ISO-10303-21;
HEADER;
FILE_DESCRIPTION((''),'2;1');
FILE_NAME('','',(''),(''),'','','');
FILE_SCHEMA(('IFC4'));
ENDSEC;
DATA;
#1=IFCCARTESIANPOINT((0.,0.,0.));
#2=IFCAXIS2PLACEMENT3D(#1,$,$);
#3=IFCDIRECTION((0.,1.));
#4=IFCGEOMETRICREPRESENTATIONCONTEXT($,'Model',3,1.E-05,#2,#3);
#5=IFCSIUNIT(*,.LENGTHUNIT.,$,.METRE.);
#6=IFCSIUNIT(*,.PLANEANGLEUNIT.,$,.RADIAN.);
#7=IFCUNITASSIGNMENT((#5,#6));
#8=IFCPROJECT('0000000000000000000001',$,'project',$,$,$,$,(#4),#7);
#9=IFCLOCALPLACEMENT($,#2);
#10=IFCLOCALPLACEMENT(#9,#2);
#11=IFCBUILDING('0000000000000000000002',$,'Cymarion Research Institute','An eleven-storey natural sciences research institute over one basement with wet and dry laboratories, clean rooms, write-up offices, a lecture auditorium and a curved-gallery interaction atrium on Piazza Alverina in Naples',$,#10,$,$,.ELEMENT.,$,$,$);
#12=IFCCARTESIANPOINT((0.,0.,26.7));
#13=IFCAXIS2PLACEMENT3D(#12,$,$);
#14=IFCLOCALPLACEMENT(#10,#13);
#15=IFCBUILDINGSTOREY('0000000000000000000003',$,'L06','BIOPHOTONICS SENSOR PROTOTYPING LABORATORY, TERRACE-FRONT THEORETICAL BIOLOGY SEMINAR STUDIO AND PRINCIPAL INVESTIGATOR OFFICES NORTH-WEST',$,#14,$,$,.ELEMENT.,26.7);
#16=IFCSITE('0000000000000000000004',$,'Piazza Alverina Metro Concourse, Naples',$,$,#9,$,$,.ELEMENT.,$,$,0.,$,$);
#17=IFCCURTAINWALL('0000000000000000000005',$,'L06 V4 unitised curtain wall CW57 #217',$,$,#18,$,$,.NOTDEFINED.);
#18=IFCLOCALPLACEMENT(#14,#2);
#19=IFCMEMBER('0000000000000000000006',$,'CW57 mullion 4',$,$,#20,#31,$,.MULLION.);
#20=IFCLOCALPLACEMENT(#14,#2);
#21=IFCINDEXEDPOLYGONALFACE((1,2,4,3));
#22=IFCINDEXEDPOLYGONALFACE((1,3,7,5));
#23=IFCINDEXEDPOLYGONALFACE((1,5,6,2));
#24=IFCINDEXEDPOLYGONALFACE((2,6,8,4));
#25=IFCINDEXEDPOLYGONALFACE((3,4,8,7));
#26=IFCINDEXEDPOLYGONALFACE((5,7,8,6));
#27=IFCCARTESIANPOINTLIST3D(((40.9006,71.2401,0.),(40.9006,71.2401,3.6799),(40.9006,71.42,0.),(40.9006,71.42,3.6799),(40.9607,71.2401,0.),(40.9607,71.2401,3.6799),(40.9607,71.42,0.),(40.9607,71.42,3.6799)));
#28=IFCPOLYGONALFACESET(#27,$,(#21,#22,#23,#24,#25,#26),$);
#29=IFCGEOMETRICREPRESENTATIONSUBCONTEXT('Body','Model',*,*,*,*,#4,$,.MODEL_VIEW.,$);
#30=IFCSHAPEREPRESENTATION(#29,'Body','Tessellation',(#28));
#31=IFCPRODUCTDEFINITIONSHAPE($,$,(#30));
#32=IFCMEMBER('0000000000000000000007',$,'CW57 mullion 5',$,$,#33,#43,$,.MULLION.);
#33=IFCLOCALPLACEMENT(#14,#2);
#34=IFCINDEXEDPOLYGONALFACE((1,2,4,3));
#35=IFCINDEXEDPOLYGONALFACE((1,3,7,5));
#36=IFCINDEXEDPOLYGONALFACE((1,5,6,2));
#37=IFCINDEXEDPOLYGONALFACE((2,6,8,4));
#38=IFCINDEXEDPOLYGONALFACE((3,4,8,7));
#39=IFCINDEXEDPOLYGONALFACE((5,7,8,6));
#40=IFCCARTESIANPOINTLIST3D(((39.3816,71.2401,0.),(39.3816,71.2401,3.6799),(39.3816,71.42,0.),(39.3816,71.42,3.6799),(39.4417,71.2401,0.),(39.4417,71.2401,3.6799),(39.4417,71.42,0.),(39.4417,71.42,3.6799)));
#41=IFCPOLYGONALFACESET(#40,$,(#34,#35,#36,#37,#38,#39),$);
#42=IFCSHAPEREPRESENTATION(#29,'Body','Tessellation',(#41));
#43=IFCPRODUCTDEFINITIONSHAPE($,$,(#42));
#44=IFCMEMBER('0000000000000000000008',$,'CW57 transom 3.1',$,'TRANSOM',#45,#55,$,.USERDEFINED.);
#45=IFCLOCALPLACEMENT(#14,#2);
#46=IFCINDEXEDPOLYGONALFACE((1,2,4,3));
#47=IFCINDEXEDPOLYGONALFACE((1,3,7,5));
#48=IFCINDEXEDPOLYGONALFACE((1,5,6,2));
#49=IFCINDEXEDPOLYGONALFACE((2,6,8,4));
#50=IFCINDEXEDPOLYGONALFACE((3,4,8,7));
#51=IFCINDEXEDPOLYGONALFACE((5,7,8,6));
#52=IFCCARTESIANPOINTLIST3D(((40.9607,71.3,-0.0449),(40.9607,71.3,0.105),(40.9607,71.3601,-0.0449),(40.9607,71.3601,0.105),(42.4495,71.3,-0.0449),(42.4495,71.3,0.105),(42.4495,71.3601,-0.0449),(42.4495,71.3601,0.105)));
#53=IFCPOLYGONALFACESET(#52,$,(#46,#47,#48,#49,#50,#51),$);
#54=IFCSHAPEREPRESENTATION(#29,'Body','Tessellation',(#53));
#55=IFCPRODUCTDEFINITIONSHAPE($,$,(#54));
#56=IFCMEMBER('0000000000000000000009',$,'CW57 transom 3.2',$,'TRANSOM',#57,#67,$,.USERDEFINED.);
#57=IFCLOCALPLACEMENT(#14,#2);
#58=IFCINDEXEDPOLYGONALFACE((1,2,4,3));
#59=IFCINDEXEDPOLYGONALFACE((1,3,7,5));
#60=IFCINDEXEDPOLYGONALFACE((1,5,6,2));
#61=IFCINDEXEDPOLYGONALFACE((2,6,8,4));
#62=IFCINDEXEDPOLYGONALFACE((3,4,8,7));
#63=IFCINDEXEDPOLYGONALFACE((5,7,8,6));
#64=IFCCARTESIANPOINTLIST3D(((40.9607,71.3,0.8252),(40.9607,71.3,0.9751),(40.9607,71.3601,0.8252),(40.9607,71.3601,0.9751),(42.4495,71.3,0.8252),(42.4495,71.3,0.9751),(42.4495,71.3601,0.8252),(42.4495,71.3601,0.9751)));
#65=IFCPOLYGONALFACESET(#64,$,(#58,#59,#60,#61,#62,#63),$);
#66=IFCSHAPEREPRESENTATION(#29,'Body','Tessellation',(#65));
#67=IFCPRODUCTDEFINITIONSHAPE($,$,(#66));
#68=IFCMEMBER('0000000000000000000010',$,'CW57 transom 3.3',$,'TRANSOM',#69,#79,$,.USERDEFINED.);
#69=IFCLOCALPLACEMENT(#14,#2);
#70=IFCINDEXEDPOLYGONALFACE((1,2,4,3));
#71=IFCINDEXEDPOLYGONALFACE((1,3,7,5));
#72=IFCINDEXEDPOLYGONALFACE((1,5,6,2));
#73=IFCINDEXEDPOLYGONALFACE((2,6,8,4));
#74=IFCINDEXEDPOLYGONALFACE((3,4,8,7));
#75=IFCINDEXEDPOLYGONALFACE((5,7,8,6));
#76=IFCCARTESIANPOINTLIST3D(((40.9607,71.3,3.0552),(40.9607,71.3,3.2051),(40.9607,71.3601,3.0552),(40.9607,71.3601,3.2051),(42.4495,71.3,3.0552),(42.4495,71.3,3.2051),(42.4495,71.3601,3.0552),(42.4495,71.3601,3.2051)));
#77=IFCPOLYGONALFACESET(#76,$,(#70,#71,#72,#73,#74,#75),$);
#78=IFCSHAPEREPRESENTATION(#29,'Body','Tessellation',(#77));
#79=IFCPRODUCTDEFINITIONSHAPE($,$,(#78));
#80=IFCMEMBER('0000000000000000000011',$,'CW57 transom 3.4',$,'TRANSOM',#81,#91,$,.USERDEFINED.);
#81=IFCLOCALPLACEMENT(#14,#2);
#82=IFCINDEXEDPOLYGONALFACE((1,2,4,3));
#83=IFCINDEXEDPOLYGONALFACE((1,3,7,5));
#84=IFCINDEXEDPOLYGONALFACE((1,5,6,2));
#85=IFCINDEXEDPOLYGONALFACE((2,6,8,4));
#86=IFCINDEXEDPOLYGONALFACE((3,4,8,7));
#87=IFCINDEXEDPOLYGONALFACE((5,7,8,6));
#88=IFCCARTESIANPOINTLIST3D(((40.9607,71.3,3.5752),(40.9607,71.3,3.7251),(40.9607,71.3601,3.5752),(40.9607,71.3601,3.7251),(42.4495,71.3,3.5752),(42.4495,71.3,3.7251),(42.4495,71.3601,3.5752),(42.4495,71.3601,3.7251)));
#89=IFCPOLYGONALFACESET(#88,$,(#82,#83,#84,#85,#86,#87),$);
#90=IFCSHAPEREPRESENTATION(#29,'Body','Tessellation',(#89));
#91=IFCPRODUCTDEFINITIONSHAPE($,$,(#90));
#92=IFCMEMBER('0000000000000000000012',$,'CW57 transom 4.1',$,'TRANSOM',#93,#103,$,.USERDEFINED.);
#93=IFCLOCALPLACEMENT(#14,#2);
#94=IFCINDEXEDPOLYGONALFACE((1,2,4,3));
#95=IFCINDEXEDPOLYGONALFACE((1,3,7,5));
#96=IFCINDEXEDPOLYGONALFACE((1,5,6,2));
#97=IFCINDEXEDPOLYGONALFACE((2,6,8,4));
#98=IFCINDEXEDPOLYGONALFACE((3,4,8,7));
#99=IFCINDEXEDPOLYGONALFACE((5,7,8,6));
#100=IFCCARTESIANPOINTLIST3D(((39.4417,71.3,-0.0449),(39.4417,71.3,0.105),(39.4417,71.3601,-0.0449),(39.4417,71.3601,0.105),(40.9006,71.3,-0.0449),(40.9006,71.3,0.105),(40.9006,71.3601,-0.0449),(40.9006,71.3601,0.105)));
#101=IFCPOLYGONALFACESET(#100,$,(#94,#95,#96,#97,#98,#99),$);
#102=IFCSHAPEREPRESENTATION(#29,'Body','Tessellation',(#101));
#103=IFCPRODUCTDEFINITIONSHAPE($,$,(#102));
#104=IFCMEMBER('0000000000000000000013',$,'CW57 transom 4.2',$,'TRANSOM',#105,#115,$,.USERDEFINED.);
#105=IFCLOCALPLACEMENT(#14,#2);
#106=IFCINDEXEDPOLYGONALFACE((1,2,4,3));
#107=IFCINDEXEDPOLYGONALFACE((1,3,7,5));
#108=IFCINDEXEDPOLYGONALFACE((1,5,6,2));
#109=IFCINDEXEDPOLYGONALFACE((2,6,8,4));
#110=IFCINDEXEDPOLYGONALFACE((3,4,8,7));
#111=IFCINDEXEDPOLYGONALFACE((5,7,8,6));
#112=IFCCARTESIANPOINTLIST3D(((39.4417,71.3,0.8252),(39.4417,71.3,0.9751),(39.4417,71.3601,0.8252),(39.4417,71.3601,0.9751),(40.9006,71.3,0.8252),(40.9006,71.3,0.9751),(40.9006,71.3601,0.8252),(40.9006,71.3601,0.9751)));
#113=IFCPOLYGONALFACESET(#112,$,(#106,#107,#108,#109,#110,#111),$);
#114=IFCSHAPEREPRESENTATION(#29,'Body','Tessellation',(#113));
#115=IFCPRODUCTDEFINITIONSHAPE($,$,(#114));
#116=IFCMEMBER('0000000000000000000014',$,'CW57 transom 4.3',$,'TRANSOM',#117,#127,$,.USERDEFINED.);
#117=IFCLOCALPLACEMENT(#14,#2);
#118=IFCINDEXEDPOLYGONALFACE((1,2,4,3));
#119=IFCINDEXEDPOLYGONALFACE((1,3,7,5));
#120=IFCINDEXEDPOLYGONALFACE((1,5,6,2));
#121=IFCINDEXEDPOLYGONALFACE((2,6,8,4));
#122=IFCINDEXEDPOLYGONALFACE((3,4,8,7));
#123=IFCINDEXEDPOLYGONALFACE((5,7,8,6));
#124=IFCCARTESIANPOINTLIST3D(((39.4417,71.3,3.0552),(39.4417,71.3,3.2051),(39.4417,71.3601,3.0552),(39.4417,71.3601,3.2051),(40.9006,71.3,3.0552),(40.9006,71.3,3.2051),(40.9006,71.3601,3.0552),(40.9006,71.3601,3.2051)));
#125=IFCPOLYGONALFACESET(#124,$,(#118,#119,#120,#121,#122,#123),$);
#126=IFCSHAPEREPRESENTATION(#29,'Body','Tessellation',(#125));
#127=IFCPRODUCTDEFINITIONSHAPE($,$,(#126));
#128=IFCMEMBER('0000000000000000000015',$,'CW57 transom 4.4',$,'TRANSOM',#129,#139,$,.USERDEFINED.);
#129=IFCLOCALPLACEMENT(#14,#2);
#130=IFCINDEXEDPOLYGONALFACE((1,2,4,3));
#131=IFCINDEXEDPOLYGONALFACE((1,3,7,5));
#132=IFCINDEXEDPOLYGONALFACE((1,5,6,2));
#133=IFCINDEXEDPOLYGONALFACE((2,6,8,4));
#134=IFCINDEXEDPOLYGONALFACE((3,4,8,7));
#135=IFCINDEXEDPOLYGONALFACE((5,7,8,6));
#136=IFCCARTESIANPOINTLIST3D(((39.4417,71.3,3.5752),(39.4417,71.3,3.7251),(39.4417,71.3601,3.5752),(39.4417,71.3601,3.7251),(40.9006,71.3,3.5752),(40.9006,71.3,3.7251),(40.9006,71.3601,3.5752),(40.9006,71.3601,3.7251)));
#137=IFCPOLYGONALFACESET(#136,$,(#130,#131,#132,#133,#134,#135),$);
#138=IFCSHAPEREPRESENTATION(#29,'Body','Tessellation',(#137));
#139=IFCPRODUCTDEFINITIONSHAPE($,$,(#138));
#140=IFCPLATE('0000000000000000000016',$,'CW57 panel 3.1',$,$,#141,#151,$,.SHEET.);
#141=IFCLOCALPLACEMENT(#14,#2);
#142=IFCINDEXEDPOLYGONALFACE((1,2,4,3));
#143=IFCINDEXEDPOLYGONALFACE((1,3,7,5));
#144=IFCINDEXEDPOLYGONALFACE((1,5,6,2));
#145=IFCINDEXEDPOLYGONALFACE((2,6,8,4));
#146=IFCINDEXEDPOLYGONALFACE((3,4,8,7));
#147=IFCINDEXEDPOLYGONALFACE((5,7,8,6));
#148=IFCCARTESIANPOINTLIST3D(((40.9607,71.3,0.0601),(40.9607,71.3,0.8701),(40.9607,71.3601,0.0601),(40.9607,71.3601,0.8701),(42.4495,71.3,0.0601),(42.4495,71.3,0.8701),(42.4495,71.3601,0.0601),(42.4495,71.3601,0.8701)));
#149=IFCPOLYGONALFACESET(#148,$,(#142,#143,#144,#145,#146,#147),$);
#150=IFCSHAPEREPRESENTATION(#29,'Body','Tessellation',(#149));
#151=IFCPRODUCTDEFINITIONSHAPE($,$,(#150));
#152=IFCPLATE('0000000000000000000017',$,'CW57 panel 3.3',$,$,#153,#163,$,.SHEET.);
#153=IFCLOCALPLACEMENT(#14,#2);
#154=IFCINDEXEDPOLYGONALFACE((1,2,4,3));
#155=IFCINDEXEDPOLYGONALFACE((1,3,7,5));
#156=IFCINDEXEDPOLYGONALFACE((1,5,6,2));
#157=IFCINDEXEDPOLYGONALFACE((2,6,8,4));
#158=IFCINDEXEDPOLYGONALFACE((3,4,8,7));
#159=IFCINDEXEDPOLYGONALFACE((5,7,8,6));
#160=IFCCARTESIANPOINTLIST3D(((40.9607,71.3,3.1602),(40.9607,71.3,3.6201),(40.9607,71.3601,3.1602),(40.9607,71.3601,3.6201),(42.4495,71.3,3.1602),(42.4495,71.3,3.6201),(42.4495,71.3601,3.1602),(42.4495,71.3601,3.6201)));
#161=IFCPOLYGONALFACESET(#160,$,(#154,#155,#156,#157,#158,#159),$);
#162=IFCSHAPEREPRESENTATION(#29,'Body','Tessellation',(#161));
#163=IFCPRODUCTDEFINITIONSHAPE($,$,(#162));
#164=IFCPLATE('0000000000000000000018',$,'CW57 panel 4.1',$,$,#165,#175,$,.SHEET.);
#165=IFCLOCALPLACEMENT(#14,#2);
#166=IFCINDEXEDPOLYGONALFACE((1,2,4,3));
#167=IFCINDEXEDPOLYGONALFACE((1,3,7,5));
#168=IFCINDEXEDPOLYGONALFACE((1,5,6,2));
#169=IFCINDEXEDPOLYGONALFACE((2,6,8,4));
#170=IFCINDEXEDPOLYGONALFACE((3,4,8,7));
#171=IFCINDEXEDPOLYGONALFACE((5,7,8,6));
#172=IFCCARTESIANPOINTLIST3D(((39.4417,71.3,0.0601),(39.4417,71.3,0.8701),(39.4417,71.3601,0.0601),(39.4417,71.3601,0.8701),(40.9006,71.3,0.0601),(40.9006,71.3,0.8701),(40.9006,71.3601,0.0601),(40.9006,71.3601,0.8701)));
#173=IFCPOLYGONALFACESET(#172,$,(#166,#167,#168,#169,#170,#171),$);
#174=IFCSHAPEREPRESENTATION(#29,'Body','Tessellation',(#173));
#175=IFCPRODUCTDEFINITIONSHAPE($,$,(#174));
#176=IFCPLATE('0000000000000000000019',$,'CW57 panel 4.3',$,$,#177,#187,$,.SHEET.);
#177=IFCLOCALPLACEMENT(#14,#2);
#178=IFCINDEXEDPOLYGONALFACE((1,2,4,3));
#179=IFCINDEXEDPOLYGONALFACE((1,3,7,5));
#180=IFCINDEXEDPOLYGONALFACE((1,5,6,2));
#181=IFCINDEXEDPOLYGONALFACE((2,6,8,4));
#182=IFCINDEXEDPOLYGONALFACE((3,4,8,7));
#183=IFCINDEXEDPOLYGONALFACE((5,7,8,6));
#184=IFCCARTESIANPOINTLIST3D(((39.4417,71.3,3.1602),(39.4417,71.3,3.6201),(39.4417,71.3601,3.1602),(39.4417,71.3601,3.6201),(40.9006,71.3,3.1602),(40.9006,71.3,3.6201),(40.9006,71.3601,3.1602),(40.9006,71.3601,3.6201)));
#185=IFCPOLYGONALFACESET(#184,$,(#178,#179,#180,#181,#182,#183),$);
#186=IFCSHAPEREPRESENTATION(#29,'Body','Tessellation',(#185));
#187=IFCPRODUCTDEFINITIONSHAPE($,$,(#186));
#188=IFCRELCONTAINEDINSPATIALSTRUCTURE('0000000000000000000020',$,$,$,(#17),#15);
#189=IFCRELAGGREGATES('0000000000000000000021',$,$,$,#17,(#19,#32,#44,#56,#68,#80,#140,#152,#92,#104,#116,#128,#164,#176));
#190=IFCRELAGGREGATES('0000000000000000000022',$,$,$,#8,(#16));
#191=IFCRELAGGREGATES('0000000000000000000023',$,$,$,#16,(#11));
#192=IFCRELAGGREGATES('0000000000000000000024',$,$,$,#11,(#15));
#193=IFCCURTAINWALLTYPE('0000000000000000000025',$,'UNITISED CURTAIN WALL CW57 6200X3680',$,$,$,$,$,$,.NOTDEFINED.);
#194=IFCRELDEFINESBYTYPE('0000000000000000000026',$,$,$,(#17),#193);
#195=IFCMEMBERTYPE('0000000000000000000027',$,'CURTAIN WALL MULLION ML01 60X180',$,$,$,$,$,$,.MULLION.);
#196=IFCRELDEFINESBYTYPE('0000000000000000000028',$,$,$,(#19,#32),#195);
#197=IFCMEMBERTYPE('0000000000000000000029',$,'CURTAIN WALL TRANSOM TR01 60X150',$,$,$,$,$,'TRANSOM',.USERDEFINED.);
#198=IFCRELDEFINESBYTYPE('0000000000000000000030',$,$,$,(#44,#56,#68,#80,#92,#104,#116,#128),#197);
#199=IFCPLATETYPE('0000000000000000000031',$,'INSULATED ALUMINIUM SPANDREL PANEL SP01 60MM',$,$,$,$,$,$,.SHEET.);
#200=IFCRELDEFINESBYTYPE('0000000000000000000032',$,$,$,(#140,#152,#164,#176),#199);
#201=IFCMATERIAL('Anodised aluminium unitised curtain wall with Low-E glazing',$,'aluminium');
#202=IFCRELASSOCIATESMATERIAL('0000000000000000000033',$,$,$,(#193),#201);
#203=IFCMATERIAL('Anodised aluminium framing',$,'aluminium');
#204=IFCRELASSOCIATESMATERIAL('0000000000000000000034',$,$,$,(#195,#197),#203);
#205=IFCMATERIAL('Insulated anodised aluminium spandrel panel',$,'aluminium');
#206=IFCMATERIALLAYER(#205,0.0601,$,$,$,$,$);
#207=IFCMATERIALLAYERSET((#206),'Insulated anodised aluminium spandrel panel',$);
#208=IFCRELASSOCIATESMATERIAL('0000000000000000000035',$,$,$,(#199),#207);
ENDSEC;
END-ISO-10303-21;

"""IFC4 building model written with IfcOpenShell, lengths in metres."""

from ifc_helpers import new_model, si_unit, direction, frame, origin, origin_2d, place, context, subcontext, project, spatial, rectangle, extrude, material, layer, layer_set, material_profile, profile_set, type_object, element, aggregate, save


model = new_model("IFC4")

# Units and contexts
model_context = context("Model", 3, precision=1e-05, world=origin(), true_north=direction((0.0, 1.0)))
body_context = subcontext(model_context, "Body", "Model", "MODEL_VIEW")
ifc_project = project(units=[si_unit("LENGTHUNIT", "METRE"), si_unit("PLANEANGLEUNIT", "RADIAN")], contexts=[model_context])

# Site, building, storey
site_placement = place(None, origin())
site = spatial("IfcSite", under=ifc_project, at=site_placement, Name="Piazza Alverina Metro Concourse, Naples", CompositionType="ELEMENT", RefElevation=0.0)
building_placement = place(site_placement, origin())
building = spatial("IfcBuilding", under=site, at=building_placement, Name="Cymarion Research Institute", Description="An eleven-storey natural sciences research institute over one basement with wet and dry laboratories, clean rooms, write-up offices, a lecture auditorium and a curved-gallery interaction atrium on Piazza Alverina in Naples", CompositionType="ELEMENT")
storey_placement = place(building_placement, frame((0.0, 0.0, 26.7)))
storey = spatial("IfcBuildingStorey", under=building, at=storey_placement, Name="L06", Description="BIOPHOTONICS SENSOR PROTOTYPING LABORATORY, TERRACE-FRONT THEORETICAL BIOLOGY SEMINAR STUDIO AND PRINCIPAL INVESTIGATOR OFFICES NORTH-WEST", CompositionType="ELEMENT", Elevation=26.7)

# Curtain wall, members, plates
ifc_material_1 = material(Name="Anodised aluminium unitised curtain wall with Low-E glazing", Category="aluminium")
curtain_wall_type = type_object("IfcCurtainWallType", Name="UNITISED CURTAIN WALL CW57 6200X3680", PredefinedType="NOTDEFINED", material=ifc_material_1)
curtain_wall_placement = place(storey_placement, origin())
curtain_wall = element("IfcCurtainWall", 1, at=curtain_wall_placement, inside=storey, type_object=curtain_wall_type, Name="L06 V4 unitised curtain wall CW57 #217", PredefinedType="NOTDEFINED")
ifc_material_2 = material(Name="Anodised aluminium framing", Category="aluminium")
ifc_material_profile_1 = material_profile(ifc_material_2, rectangle(XDim=0.0601, YDim=0.1799, at=origin_2d()), Name="ALU MULLION 60x180")
ifc_profile_set_1 = profile_set([ifc_material_profile_1], Name="Anodised aluminium framing")
member_type_1 = type_object("IfcMemberType", Name="CURTAIN WALL MULLION ML01 60X180", PredefinedType="MULLION", material=ifc_profile_set_1)
member_1_placement = place(storey_placement, frame((40.9307, 71.3301, 0.0), z_axis=(0.0, 0.0, 1.0), x_axis=(-1.0, 0.0, 0.0)))
member_1 = element("IfcMember", 2, at=member_1_placement, type_object=member_type_1, Name="CW57 mullion 4", PredefinedType="MULLION", context=body_context, shape_type="SweptSolid", body=[
    extrude(rectangle(XDim=0.0601, YDim=0.1799, at=origin_2d()), origin(), (0.0, 0.0, 1.0), 3.6799),
])
member_2_placement = place(storey_placement, frame((39.4116, 71.3301, 0.0), z_axis=(0.0, 0.0, 1.0), x_axis=(-1.0, 0.0, 0.0)))
member_2 = element("IfcMember", 3, at=member_2_placement, type_object=member_type_1, Name="CW57 mullion 5", PredefinedType="MULLION", context=body_context, shape_type="SweptSolid", body=[
    extrude(rectangle(XDim=0.0601, YDim=0.1799, at=origin_2d()), origin(), (0.0, 0.0, 1.0), 3.6799),
])
ifc_material_profile_2 = material_profile(ifc_material_2, rectangle(XDim=0.0601, YDim=0.1499, at=origin_2d()), Name="ALU TRANSOM 60x150")
ifc_profile_set_2 = profile_set([ifc_material_profile_2], Name="Anodised aluminium framing")
member_type_2 = type_object("IfcMemberType", Name="CURTAIN WALL TRANSOM TR01 60X150", ElementType="TRANSOM", PredefinedType="USERDEFINED", material=ifc_profile_set_2)
member_3_placement = place(storey_placement, frame((42.4495, 71.3301, 0.03), z_axis=(-1.0, 0.0, 0.0), x_axis=(0.0, -1.0, 0.0)))
member_3 = element("IfcMember", 4, at=member_3_placement, type_object=member_type_2, Name="CW57 transom 3.1", ObjectType="TRANSOM", PredefinedType="USERDEFINED", context=body_context, shape_type="SweptSolid", body=[
    extrude(rectangle(XDim=0.0601, YDim=0.1499, at=origin_2d()), origin(), (0.0, 0.0, 1.0), 1.4888),
])
member_4_placement = place(storey_placement, frame((42.4495, 71.3301, 0.9001), z_axis=(-1.0, 0.0, 0.0), x_axis=(0.0, -1.0, 0.0)))
member_4 = element("IfcMember", 5, at=member_4_placement, type_object=member_type_2, Name="CW57 transom 3.2", ObjectType="TRANSOM", PredefinedType="USERDEFINED", context=body_context, shape_type="SweptSolid", body=[
    extrude(rectangle(XDim=0.0601, YDim=0.1499, at=origin_2d()), origin(), (0.0, 0.0, 1.0), 1.4888),
])
member_5_placement = place(storey_placement, frame((42.4495, 71.3301, 3.1301), z_axis=(-1.0, 0.0, 0.0), x_axis=(0.0, -1.0, 0.0)))
member_5 = element("IfcMember", 6, at=member_5_placement, type_object=member_type_2, Name="CW57 transom 3.3", ObjectType="TRANSOM", PredefinedType="USERDEFINED", context=body_context, shape_type="SweptSolid", body=[
    extrude(rectangle(XDim=0.0601, YDim=0.1499, at=origin_2d()), origin(), (0.0, 0.0, 1.0), 1.4888),
])
member_6_placement = place(storey_placement, frame((42.4495, 71.3301, 3.6501), z_axis=(-1.0, 0.0, 0.0), x_axis=(0.0, -1.0, 0.0)))
member_6 = element("IfcMember", 7, at=member_6_placement, type_object=member_type_2, Name="CW57 transom 3.4", ObjectType="TRANSOM", PredefinedType="USERDEFINED", context=body_context, shape_type="SweptSolid", body=[
    extrude(rectangle(XDim=0.0601, YDim=0.1499, at=origin_2d()), origin(), (0.0, 0.0, 1.0), 1.4888),
])
member_7_placement = place(storey_placement, frame((40.9006, 71.3301, 0.03), z_axis=(-1.0, 0.0, 0.0), x_axis=(0.0, -1.0, 0.0)))
member_7 = element("IfcMember", 8, at=member_7_placement, type_object=member_type_2, Name="CW57 transom 4.1", ObjectType="TRANSOM", PredefinedType="USERDEFINED", context=body_context, shape_type="SweptSolid", body=[
    extrude(rectangle(XDim=0.0601, YDim=0.1499, at=origin_2d()), origin(), (0.0, 0.0, 1.0), 1.459),
])
member_8_placement = place(storey_placement, frame((40.9006, 71.3301, 0.9001), z_axis=(-1.0, 0.0, 0.0), x_axis=(0.0, -1.0, 0.0)))
member_8 = element("IfcMember", 9, at=member_8_placement, type_object=member_type_2, Name="CW57 transom 4.2", ObjectType="TRANSOM", PredefinedType="USERDEFINED", context=body_context, shape_type="SweptSolid", body=[
    extrude(rectangle(XDim=0.0601, YDim=0.1499, at=origin_2d()), origin(), (0.0, 0.0, 1.0), 1.459),
])
member_9_placement = place(storey_placement, frame((40.9006, 71.3301, 3.1301), z_axis=(-1.0, 0.0, 0.0), x_axis=(0.0, -1.0, 0.0)))
member_9 = element("IfcMember", 10, at=member_9_placement, type_object=member_type_2, Name="CW57 transom 4.3", ObjectType="TRANSOM", PredefinedType="USERDEFINED", context=body_context, shape_type="SweptSolid", body=[
    extrude(rectangle(XDim=0.0601, YDim=0.1499, at=origin_2d()), origin(), (0.0, 0.0, 1.0), 1.459),
])
member_10_placement = place(storey_placement, frame((40.9006, 71.3301, 3.6501), z_axis=(-1.0, 0.0, 0.0), x_axis=(0.0, -1.0, 0.0)))
member_10 = element("IfcMember", 11, at=member_10_placement, type_object=member_type_2, Name="CW57 transom 4.4", ObjectType="TRANSOM", PredefinedType="USERDEFINED", context=body_context, shape_type="SweptSolid", body=[
    extrude(rectangle(XDim=0.0601, YDim=0.1499, at=origin_2d()), origin(), (0.0, 0.0, 1.0), 1.459),
])
ifc_material_3 = material(Name="Insulated anodised aluminium spandrel panel", Category="aluminium")
ifc_layer_1 = layer(ifc_material_3, 0.0601)
ifc_layer_set_1 = layer_set([ifc_layer_1], Name="Insulated anodised aluminium spandrel panel")
plate_type_1 = type_object("IfcPlateType", Name="INSULATED ALUMINIUM SPANDREL PANEL SP01 60MM", PredefinedType="SHEET", material=ifc_layer_set_1)
plate_1_placement = place(storey_placement, frame((41.7051, 71.3301, 0.0601), z_axis=(0.0, 0.0, 1.0), x_axis=(-1.0, 0.0, 0.0)))
plate_1 = element("IfcPlate", 12, at=plate_1_placement, type_object=plate_type_1, Name="CW57 panel 3.1", PredefinedType="SHEET", context=body_context, shape_type="SweptSolid", body=[
    extrude(rectangle(XDim=1.4888, YDim=0.0601, at=origin_2d()), origin(), (0.0, 0.0, 1.0), 0.8101),
])
plate_2_placement = place(storey_placement, frame((41.7051, 71.3301, 3.1602), z_axis=(0.0, 0.0, 1.0), x_axis=(-1.0, 0.0, 0.0)))
plate_2 = element("IfcPlate", 13, at=plate_2_placement, type_object=plate_type_1, Name="CW57 panel 3.3", PredefinedType="SHEET", context=body_context, shape_type="SweptSolid", body=[
    extrude(rectangle(XDim=1.4888, YDim=0.0601, at=origin_2d()), origin(), (0.0, 0.0, 1.0), 0.46),
])
plate_3_placement = place(storey_placement, frame((40.1711, 71.3301, 0.0601), z_axis=(0.0, 0.0, 1.0), x_axis=(-1.0, 0.0, 0.0)))
plate_3 = element("IfcPlate", 14, at=plate_3_placement, type_object=plate_type_1, Name="CW57 panel 4.1", PredefinedType="SHEET", context=body_context, shape_type="SweptSolid", body=[
    extrude(rectangle(XDim=1.459, YDim=0.0601, at=origin_2d()), origin(), (0.0, 0.0, 1.0), 0.8101),
])
plate_4_placement = place(storey_placement, frame((40.1711, 71.3301, 3.1602), z_axis=(0.0, 0.0, 1.0), x_axis=(-1.0, 0.0, 0.0)))
plate_4 = element("IfcPlate", 15, at=plate_4_placement, type_object=plate_type_1, Name="CW57 panel 4.3", PredefinedType="SHEET", context=body_context, shape_type="SweptSolid", body=[
    extrude(rectangle(XDim=1.459, YDim=0.0601, at=origin_2d()), origin(), (0.0, 0.0, 1.0), 0.46),
])
aggregate(curtain_wall, [member_1, member_2, member_3, member_4, member_5, member_6, plate_1, plate_2, member_7, member_8, member_9, member_10, plate_3, plate_4])

save(model, "model.ifc")
